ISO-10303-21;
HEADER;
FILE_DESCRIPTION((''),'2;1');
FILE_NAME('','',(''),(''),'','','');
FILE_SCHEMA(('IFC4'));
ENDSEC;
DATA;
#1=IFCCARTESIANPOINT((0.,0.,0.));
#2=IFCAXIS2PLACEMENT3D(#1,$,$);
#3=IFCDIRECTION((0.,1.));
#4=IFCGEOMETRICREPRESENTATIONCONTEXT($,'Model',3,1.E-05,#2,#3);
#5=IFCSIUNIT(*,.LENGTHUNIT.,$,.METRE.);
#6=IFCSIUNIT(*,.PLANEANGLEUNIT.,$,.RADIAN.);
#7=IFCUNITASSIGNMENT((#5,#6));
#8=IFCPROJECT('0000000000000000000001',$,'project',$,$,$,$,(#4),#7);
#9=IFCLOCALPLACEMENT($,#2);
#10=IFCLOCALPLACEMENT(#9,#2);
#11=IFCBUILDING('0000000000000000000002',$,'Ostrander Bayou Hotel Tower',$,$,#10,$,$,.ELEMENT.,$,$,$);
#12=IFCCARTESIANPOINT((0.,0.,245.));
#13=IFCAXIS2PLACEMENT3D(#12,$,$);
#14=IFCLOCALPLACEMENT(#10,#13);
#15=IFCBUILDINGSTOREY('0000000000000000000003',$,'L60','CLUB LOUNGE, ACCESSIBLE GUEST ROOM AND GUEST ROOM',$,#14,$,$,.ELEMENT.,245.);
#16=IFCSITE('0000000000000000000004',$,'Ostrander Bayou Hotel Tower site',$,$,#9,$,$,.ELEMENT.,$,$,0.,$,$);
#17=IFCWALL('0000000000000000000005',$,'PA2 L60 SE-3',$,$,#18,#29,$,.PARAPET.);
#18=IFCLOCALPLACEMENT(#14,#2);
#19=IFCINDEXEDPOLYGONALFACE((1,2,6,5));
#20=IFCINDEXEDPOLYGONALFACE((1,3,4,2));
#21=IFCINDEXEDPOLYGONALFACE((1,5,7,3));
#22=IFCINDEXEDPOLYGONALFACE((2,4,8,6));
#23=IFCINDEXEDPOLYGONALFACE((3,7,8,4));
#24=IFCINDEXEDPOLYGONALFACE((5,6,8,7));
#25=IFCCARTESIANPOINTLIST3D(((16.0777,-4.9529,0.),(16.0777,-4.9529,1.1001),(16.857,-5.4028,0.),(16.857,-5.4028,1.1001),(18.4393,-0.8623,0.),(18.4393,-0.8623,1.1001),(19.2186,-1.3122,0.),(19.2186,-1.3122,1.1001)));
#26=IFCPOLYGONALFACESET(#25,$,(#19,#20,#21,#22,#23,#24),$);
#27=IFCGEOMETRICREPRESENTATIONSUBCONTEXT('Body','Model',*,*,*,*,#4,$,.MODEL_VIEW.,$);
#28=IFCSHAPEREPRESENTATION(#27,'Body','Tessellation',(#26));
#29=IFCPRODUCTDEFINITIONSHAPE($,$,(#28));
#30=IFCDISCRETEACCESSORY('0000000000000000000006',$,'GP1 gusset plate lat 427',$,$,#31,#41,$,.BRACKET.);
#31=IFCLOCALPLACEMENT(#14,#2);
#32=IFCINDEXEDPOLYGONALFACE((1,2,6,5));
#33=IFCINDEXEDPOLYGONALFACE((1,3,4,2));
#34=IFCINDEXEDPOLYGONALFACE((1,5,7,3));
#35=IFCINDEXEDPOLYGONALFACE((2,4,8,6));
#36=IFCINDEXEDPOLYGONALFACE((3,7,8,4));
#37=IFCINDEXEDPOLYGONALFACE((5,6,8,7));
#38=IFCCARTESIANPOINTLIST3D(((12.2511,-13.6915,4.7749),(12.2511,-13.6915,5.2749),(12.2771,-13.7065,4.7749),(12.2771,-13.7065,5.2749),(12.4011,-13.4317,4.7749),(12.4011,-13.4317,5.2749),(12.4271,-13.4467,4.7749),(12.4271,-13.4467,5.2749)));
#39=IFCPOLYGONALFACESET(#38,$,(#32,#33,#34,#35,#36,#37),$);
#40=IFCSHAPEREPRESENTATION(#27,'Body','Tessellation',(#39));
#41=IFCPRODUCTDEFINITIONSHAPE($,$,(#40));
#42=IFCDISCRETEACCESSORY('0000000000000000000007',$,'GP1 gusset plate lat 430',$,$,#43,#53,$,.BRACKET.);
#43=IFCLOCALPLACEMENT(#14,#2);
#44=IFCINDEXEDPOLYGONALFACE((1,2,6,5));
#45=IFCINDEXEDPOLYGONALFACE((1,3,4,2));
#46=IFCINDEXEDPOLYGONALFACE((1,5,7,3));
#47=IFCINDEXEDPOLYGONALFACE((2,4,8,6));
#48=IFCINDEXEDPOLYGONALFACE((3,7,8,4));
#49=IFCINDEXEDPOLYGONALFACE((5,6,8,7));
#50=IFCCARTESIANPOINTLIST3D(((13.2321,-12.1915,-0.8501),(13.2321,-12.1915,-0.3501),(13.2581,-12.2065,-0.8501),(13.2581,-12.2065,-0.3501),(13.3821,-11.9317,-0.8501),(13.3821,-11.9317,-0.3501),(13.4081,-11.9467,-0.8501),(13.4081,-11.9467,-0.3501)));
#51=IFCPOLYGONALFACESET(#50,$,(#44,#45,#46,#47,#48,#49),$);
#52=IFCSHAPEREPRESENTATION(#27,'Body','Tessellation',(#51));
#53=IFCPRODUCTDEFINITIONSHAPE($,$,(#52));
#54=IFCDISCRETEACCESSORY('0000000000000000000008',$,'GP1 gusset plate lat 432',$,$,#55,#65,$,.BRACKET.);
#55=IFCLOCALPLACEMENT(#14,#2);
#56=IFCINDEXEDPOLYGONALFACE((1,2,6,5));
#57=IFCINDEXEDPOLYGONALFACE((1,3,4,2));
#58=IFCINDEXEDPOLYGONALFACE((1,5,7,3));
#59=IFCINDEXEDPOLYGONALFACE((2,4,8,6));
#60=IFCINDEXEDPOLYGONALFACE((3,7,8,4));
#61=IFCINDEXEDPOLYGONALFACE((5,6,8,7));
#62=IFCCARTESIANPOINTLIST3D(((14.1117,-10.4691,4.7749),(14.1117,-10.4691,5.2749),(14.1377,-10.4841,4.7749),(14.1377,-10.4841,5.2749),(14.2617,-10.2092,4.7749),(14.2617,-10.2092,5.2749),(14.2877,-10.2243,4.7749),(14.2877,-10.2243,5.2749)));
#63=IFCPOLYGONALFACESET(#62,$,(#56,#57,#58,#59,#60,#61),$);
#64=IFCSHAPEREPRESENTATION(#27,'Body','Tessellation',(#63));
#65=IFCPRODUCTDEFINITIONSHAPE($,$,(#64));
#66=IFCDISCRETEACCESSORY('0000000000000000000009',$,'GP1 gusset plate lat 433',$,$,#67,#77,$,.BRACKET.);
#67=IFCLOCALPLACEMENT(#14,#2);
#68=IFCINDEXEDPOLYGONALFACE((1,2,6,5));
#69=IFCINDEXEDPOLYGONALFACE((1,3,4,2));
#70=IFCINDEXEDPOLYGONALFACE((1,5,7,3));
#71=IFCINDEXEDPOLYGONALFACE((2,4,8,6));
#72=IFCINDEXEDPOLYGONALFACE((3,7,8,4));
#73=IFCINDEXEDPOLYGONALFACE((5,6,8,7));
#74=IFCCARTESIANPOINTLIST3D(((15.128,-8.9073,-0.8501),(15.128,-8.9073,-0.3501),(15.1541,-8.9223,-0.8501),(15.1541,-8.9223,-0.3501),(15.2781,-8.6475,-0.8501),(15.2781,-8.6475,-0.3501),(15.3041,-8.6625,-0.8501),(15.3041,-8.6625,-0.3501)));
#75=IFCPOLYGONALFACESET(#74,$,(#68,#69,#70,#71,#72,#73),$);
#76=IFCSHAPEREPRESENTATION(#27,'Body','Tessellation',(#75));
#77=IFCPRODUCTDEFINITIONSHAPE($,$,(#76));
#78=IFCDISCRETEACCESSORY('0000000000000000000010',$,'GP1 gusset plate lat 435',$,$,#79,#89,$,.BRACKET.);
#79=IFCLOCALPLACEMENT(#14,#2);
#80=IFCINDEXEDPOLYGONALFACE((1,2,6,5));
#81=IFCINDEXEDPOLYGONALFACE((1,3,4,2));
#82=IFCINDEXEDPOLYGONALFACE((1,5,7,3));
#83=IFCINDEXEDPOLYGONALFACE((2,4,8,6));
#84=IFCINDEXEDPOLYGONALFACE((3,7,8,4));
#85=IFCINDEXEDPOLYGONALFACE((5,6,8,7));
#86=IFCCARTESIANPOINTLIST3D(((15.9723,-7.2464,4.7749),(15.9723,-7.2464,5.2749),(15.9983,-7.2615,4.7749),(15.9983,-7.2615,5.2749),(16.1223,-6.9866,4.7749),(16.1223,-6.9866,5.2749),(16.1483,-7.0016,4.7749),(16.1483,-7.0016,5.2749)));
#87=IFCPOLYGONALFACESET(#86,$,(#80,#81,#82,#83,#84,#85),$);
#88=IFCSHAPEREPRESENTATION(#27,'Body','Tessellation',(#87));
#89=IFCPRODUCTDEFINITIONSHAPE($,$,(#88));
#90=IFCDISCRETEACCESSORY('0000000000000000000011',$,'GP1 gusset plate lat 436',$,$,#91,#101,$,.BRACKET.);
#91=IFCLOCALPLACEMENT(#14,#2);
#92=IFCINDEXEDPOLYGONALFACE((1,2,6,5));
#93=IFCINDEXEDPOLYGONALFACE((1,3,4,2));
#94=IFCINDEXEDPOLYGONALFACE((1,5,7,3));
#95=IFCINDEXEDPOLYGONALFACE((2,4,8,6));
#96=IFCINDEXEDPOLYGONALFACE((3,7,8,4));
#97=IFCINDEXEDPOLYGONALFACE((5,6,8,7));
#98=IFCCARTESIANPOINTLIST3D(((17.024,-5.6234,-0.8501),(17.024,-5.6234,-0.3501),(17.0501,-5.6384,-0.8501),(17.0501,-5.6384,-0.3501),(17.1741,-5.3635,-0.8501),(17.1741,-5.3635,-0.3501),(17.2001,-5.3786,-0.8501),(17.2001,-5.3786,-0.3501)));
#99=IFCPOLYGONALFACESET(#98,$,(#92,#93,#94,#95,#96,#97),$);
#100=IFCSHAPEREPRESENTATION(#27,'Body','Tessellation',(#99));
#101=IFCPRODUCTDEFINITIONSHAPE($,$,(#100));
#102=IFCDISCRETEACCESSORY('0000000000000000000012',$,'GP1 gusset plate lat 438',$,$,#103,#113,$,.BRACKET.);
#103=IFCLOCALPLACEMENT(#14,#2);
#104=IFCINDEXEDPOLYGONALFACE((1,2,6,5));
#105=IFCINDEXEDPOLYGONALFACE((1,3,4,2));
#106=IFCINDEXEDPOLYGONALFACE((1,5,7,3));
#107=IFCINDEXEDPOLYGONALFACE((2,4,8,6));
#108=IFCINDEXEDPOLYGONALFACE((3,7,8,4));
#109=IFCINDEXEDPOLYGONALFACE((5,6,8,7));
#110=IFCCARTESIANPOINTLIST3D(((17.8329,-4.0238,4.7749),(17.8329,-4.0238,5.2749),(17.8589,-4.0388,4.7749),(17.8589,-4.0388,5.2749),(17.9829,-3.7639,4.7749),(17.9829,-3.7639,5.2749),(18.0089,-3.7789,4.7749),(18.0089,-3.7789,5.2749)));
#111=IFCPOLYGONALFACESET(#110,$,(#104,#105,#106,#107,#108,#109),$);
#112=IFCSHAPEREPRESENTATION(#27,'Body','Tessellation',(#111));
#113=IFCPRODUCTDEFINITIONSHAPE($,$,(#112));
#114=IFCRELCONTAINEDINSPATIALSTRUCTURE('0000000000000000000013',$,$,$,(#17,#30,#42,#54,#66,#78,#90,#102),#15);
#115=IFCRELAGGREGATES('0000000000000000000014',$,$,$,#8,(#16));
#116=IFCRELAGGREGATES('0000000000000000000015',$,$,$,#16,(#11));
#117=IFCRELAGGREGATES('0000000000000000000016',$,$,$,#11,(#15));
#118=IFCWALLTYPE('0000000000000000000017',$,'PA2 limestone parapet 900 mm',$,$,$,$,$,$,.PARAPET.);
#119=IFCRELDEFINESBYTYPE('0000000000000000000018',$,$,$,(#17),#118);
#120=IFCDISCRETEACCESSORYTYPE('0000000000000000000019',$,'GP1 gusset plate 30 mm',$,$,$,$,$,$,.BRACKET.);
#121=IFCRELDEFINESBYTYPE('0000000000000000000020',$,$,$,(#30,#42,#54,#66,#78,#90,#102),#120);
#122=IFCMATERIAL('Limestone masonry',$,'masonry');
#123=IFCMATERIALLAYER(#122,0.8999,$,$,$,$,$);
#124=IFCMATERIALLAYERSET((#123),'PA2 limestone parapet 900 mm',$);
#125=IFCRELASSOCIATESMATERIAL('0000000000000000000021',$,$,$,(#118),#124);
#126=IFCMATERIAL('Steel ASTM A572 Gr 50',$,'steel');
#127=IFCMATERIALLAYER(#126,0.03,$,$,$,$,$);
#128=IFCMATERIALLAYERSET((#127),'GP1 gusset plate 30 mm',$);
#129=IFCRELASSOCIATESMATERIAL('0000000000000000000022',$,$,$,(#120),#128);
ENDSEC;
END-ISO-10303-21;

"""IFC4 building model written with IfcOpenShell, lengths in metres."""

from ifc_helpers import new_model, si_unit, direction, frame, frame_2d, origin, origin_2d, place, context, subcontext, project, spatial, rectangle, extrude, material, layer, layer_set, type_object, element, save


model = new_model("IFC4")

# Units and contexts
model_context = context("Model", 3, precision=1e-05, world=origin(), true_north=direction((0.0, 1.0)))
body_context = subcontext(model_context, "Body", "Model", "MODEL_VIEW")
ifc_project = project(units=[si_unit("LENGTHUNIT", "METRE"), si_unit("PLANEANGLEUNIT", "RADIAN")], contexts=[model_context])

# Site, building, storey
site_placement = place(None, origin())
site = spatial("IfcSite", under=ifc_project, at=site_placement, Name="Ostrander Bayou Hotel Tower site", CompositionType="ELEMENT", RefElevation=0.0)
building_placement = place(site_placement, origin())
building = spatial("IfcBuilding", under=site, at=building_placement, Name="Ostrander Bayou Hotel Tower", CompositionType="ELEMENT")
storey_placement = place(building_placement, frame((0.0, 0.0, 245.0)))
storey = spatial("IfcBuildingStorey", under=building, at=storey_placement, Name="L60", Description="CLUB LOUNGE, ACCESSIBLE GUEST ROOM AND GUEST ROOM", CompositionType="ELEMENT", Elevation=245.0)

# Wall
ifc_material_1 = material(Name="Limestone masonry", Category="masonry")
ifc_layer_1 = layer(ifc_material_1, 0.8999)
ifc_layer_set_1 = layer_set([ifc_layer_1], Name="PA2 limestone parapet 900 mm")
wall_type = type_object("IfcWallType", Name="PA2 limestone parapet 900 mm", PredefinedType="PARAPET", material=ifc_layer_set_1)
wall_1_placement = place(storey_placement, frame((16.4673, -5.178, 0.0), z_axis=(0.0, 0.0, 1.0), x_axis=(0.49998, 0.866037, 0.0)))
element("IfcWall", 1, at=wall_1_placement, inside=storey, type_object=wall_type, Name="PA2 L60 SE-3", PredefinedType="PARAPET", context=body_context, shape_type="SweptSolid", body=[
    extrude(rectangle(XDim=4.7234, YDim=0.8999, at=frame_2d((2.3618, 0.0))), origin(), (0.0, 0.0, 1.0), 1.1001),
])

# Discrete accessories
ifc_material_2 = material(Name="Steel ASTM A572 Gr 50", Category="steel")
ifc_layer_2 = layer(ifc_material_2, 0.03)
ifc_layer_set_2 = layer_set([ifc_layer_2], Name="GP1 gusset plate 30 mm")
discrete_accessory_type = type_object("IfcDiscreteAccessoryType", Name="GP1 gusset plate 30 mm", PredefinedType="BRACKET", material=ifc_layer_set_2)
for number, where, z_axis, x_axis, name in (
    (2, (12.3391, -13.5691, 4.7749), (0.0, 0.0, 1.0), (0.5, 0.866025, 0.0), "GP1 gusset plate lat 427"),
    (3, (13.3201, -12.0691, -0.8501), (0.0, 0.0, 1.0), (0.5, 0.866025, 0.0), "GP1 gusset plate lat 430"),
    (4, (14.1997, -10.3467, 4.7749), (0.0, 0.0, 1.0), (0.5, 0.866025, 0.0), "GP1 gusset plate lat 432"),
    (5, (15.2161, -8.7849, -0.8501), (0.0, 0.0, 1.0), (0.5, 0.866025, 0.0), "GP1 gusset plate lat 433"),
    (6, (16.0603, -7.124, 4.7749), (0.0, 0.0, 1.0), (0.5, 0.866025, 0.0), "GP1 gusset plate lat 435"),
    (7, (17.1121, -5.501, -0.8501), (0.0, 0.0, 1.0), (0.5, 0.866025, 0.0), "GP1 gusset plate lat 436"),
    (8, (17.9209, -3.9014, 4.7749), (0.0, 0.0, 1.0), (0.5, 0.866025, 0.0), "GP1 gusset plate lat 438"),
):
    element("IfcDiscreteAccessory", number, at=place(storey_placement, frame(where, z_axis=z_axis, x_axis=x_axis)), inside=storey, type_object=discrete_accessory_type, Name=name, PredefinedType="BRACKET", context=body_context, shape_type="SweptSolid", body=[
        extrude(rectangle(XDim=0.3, YDim=0.03, at=origin_2d()), origin(), (0.0, 0.0, 1.0), 0.5),
    ])

save(model, "model.ifc")
